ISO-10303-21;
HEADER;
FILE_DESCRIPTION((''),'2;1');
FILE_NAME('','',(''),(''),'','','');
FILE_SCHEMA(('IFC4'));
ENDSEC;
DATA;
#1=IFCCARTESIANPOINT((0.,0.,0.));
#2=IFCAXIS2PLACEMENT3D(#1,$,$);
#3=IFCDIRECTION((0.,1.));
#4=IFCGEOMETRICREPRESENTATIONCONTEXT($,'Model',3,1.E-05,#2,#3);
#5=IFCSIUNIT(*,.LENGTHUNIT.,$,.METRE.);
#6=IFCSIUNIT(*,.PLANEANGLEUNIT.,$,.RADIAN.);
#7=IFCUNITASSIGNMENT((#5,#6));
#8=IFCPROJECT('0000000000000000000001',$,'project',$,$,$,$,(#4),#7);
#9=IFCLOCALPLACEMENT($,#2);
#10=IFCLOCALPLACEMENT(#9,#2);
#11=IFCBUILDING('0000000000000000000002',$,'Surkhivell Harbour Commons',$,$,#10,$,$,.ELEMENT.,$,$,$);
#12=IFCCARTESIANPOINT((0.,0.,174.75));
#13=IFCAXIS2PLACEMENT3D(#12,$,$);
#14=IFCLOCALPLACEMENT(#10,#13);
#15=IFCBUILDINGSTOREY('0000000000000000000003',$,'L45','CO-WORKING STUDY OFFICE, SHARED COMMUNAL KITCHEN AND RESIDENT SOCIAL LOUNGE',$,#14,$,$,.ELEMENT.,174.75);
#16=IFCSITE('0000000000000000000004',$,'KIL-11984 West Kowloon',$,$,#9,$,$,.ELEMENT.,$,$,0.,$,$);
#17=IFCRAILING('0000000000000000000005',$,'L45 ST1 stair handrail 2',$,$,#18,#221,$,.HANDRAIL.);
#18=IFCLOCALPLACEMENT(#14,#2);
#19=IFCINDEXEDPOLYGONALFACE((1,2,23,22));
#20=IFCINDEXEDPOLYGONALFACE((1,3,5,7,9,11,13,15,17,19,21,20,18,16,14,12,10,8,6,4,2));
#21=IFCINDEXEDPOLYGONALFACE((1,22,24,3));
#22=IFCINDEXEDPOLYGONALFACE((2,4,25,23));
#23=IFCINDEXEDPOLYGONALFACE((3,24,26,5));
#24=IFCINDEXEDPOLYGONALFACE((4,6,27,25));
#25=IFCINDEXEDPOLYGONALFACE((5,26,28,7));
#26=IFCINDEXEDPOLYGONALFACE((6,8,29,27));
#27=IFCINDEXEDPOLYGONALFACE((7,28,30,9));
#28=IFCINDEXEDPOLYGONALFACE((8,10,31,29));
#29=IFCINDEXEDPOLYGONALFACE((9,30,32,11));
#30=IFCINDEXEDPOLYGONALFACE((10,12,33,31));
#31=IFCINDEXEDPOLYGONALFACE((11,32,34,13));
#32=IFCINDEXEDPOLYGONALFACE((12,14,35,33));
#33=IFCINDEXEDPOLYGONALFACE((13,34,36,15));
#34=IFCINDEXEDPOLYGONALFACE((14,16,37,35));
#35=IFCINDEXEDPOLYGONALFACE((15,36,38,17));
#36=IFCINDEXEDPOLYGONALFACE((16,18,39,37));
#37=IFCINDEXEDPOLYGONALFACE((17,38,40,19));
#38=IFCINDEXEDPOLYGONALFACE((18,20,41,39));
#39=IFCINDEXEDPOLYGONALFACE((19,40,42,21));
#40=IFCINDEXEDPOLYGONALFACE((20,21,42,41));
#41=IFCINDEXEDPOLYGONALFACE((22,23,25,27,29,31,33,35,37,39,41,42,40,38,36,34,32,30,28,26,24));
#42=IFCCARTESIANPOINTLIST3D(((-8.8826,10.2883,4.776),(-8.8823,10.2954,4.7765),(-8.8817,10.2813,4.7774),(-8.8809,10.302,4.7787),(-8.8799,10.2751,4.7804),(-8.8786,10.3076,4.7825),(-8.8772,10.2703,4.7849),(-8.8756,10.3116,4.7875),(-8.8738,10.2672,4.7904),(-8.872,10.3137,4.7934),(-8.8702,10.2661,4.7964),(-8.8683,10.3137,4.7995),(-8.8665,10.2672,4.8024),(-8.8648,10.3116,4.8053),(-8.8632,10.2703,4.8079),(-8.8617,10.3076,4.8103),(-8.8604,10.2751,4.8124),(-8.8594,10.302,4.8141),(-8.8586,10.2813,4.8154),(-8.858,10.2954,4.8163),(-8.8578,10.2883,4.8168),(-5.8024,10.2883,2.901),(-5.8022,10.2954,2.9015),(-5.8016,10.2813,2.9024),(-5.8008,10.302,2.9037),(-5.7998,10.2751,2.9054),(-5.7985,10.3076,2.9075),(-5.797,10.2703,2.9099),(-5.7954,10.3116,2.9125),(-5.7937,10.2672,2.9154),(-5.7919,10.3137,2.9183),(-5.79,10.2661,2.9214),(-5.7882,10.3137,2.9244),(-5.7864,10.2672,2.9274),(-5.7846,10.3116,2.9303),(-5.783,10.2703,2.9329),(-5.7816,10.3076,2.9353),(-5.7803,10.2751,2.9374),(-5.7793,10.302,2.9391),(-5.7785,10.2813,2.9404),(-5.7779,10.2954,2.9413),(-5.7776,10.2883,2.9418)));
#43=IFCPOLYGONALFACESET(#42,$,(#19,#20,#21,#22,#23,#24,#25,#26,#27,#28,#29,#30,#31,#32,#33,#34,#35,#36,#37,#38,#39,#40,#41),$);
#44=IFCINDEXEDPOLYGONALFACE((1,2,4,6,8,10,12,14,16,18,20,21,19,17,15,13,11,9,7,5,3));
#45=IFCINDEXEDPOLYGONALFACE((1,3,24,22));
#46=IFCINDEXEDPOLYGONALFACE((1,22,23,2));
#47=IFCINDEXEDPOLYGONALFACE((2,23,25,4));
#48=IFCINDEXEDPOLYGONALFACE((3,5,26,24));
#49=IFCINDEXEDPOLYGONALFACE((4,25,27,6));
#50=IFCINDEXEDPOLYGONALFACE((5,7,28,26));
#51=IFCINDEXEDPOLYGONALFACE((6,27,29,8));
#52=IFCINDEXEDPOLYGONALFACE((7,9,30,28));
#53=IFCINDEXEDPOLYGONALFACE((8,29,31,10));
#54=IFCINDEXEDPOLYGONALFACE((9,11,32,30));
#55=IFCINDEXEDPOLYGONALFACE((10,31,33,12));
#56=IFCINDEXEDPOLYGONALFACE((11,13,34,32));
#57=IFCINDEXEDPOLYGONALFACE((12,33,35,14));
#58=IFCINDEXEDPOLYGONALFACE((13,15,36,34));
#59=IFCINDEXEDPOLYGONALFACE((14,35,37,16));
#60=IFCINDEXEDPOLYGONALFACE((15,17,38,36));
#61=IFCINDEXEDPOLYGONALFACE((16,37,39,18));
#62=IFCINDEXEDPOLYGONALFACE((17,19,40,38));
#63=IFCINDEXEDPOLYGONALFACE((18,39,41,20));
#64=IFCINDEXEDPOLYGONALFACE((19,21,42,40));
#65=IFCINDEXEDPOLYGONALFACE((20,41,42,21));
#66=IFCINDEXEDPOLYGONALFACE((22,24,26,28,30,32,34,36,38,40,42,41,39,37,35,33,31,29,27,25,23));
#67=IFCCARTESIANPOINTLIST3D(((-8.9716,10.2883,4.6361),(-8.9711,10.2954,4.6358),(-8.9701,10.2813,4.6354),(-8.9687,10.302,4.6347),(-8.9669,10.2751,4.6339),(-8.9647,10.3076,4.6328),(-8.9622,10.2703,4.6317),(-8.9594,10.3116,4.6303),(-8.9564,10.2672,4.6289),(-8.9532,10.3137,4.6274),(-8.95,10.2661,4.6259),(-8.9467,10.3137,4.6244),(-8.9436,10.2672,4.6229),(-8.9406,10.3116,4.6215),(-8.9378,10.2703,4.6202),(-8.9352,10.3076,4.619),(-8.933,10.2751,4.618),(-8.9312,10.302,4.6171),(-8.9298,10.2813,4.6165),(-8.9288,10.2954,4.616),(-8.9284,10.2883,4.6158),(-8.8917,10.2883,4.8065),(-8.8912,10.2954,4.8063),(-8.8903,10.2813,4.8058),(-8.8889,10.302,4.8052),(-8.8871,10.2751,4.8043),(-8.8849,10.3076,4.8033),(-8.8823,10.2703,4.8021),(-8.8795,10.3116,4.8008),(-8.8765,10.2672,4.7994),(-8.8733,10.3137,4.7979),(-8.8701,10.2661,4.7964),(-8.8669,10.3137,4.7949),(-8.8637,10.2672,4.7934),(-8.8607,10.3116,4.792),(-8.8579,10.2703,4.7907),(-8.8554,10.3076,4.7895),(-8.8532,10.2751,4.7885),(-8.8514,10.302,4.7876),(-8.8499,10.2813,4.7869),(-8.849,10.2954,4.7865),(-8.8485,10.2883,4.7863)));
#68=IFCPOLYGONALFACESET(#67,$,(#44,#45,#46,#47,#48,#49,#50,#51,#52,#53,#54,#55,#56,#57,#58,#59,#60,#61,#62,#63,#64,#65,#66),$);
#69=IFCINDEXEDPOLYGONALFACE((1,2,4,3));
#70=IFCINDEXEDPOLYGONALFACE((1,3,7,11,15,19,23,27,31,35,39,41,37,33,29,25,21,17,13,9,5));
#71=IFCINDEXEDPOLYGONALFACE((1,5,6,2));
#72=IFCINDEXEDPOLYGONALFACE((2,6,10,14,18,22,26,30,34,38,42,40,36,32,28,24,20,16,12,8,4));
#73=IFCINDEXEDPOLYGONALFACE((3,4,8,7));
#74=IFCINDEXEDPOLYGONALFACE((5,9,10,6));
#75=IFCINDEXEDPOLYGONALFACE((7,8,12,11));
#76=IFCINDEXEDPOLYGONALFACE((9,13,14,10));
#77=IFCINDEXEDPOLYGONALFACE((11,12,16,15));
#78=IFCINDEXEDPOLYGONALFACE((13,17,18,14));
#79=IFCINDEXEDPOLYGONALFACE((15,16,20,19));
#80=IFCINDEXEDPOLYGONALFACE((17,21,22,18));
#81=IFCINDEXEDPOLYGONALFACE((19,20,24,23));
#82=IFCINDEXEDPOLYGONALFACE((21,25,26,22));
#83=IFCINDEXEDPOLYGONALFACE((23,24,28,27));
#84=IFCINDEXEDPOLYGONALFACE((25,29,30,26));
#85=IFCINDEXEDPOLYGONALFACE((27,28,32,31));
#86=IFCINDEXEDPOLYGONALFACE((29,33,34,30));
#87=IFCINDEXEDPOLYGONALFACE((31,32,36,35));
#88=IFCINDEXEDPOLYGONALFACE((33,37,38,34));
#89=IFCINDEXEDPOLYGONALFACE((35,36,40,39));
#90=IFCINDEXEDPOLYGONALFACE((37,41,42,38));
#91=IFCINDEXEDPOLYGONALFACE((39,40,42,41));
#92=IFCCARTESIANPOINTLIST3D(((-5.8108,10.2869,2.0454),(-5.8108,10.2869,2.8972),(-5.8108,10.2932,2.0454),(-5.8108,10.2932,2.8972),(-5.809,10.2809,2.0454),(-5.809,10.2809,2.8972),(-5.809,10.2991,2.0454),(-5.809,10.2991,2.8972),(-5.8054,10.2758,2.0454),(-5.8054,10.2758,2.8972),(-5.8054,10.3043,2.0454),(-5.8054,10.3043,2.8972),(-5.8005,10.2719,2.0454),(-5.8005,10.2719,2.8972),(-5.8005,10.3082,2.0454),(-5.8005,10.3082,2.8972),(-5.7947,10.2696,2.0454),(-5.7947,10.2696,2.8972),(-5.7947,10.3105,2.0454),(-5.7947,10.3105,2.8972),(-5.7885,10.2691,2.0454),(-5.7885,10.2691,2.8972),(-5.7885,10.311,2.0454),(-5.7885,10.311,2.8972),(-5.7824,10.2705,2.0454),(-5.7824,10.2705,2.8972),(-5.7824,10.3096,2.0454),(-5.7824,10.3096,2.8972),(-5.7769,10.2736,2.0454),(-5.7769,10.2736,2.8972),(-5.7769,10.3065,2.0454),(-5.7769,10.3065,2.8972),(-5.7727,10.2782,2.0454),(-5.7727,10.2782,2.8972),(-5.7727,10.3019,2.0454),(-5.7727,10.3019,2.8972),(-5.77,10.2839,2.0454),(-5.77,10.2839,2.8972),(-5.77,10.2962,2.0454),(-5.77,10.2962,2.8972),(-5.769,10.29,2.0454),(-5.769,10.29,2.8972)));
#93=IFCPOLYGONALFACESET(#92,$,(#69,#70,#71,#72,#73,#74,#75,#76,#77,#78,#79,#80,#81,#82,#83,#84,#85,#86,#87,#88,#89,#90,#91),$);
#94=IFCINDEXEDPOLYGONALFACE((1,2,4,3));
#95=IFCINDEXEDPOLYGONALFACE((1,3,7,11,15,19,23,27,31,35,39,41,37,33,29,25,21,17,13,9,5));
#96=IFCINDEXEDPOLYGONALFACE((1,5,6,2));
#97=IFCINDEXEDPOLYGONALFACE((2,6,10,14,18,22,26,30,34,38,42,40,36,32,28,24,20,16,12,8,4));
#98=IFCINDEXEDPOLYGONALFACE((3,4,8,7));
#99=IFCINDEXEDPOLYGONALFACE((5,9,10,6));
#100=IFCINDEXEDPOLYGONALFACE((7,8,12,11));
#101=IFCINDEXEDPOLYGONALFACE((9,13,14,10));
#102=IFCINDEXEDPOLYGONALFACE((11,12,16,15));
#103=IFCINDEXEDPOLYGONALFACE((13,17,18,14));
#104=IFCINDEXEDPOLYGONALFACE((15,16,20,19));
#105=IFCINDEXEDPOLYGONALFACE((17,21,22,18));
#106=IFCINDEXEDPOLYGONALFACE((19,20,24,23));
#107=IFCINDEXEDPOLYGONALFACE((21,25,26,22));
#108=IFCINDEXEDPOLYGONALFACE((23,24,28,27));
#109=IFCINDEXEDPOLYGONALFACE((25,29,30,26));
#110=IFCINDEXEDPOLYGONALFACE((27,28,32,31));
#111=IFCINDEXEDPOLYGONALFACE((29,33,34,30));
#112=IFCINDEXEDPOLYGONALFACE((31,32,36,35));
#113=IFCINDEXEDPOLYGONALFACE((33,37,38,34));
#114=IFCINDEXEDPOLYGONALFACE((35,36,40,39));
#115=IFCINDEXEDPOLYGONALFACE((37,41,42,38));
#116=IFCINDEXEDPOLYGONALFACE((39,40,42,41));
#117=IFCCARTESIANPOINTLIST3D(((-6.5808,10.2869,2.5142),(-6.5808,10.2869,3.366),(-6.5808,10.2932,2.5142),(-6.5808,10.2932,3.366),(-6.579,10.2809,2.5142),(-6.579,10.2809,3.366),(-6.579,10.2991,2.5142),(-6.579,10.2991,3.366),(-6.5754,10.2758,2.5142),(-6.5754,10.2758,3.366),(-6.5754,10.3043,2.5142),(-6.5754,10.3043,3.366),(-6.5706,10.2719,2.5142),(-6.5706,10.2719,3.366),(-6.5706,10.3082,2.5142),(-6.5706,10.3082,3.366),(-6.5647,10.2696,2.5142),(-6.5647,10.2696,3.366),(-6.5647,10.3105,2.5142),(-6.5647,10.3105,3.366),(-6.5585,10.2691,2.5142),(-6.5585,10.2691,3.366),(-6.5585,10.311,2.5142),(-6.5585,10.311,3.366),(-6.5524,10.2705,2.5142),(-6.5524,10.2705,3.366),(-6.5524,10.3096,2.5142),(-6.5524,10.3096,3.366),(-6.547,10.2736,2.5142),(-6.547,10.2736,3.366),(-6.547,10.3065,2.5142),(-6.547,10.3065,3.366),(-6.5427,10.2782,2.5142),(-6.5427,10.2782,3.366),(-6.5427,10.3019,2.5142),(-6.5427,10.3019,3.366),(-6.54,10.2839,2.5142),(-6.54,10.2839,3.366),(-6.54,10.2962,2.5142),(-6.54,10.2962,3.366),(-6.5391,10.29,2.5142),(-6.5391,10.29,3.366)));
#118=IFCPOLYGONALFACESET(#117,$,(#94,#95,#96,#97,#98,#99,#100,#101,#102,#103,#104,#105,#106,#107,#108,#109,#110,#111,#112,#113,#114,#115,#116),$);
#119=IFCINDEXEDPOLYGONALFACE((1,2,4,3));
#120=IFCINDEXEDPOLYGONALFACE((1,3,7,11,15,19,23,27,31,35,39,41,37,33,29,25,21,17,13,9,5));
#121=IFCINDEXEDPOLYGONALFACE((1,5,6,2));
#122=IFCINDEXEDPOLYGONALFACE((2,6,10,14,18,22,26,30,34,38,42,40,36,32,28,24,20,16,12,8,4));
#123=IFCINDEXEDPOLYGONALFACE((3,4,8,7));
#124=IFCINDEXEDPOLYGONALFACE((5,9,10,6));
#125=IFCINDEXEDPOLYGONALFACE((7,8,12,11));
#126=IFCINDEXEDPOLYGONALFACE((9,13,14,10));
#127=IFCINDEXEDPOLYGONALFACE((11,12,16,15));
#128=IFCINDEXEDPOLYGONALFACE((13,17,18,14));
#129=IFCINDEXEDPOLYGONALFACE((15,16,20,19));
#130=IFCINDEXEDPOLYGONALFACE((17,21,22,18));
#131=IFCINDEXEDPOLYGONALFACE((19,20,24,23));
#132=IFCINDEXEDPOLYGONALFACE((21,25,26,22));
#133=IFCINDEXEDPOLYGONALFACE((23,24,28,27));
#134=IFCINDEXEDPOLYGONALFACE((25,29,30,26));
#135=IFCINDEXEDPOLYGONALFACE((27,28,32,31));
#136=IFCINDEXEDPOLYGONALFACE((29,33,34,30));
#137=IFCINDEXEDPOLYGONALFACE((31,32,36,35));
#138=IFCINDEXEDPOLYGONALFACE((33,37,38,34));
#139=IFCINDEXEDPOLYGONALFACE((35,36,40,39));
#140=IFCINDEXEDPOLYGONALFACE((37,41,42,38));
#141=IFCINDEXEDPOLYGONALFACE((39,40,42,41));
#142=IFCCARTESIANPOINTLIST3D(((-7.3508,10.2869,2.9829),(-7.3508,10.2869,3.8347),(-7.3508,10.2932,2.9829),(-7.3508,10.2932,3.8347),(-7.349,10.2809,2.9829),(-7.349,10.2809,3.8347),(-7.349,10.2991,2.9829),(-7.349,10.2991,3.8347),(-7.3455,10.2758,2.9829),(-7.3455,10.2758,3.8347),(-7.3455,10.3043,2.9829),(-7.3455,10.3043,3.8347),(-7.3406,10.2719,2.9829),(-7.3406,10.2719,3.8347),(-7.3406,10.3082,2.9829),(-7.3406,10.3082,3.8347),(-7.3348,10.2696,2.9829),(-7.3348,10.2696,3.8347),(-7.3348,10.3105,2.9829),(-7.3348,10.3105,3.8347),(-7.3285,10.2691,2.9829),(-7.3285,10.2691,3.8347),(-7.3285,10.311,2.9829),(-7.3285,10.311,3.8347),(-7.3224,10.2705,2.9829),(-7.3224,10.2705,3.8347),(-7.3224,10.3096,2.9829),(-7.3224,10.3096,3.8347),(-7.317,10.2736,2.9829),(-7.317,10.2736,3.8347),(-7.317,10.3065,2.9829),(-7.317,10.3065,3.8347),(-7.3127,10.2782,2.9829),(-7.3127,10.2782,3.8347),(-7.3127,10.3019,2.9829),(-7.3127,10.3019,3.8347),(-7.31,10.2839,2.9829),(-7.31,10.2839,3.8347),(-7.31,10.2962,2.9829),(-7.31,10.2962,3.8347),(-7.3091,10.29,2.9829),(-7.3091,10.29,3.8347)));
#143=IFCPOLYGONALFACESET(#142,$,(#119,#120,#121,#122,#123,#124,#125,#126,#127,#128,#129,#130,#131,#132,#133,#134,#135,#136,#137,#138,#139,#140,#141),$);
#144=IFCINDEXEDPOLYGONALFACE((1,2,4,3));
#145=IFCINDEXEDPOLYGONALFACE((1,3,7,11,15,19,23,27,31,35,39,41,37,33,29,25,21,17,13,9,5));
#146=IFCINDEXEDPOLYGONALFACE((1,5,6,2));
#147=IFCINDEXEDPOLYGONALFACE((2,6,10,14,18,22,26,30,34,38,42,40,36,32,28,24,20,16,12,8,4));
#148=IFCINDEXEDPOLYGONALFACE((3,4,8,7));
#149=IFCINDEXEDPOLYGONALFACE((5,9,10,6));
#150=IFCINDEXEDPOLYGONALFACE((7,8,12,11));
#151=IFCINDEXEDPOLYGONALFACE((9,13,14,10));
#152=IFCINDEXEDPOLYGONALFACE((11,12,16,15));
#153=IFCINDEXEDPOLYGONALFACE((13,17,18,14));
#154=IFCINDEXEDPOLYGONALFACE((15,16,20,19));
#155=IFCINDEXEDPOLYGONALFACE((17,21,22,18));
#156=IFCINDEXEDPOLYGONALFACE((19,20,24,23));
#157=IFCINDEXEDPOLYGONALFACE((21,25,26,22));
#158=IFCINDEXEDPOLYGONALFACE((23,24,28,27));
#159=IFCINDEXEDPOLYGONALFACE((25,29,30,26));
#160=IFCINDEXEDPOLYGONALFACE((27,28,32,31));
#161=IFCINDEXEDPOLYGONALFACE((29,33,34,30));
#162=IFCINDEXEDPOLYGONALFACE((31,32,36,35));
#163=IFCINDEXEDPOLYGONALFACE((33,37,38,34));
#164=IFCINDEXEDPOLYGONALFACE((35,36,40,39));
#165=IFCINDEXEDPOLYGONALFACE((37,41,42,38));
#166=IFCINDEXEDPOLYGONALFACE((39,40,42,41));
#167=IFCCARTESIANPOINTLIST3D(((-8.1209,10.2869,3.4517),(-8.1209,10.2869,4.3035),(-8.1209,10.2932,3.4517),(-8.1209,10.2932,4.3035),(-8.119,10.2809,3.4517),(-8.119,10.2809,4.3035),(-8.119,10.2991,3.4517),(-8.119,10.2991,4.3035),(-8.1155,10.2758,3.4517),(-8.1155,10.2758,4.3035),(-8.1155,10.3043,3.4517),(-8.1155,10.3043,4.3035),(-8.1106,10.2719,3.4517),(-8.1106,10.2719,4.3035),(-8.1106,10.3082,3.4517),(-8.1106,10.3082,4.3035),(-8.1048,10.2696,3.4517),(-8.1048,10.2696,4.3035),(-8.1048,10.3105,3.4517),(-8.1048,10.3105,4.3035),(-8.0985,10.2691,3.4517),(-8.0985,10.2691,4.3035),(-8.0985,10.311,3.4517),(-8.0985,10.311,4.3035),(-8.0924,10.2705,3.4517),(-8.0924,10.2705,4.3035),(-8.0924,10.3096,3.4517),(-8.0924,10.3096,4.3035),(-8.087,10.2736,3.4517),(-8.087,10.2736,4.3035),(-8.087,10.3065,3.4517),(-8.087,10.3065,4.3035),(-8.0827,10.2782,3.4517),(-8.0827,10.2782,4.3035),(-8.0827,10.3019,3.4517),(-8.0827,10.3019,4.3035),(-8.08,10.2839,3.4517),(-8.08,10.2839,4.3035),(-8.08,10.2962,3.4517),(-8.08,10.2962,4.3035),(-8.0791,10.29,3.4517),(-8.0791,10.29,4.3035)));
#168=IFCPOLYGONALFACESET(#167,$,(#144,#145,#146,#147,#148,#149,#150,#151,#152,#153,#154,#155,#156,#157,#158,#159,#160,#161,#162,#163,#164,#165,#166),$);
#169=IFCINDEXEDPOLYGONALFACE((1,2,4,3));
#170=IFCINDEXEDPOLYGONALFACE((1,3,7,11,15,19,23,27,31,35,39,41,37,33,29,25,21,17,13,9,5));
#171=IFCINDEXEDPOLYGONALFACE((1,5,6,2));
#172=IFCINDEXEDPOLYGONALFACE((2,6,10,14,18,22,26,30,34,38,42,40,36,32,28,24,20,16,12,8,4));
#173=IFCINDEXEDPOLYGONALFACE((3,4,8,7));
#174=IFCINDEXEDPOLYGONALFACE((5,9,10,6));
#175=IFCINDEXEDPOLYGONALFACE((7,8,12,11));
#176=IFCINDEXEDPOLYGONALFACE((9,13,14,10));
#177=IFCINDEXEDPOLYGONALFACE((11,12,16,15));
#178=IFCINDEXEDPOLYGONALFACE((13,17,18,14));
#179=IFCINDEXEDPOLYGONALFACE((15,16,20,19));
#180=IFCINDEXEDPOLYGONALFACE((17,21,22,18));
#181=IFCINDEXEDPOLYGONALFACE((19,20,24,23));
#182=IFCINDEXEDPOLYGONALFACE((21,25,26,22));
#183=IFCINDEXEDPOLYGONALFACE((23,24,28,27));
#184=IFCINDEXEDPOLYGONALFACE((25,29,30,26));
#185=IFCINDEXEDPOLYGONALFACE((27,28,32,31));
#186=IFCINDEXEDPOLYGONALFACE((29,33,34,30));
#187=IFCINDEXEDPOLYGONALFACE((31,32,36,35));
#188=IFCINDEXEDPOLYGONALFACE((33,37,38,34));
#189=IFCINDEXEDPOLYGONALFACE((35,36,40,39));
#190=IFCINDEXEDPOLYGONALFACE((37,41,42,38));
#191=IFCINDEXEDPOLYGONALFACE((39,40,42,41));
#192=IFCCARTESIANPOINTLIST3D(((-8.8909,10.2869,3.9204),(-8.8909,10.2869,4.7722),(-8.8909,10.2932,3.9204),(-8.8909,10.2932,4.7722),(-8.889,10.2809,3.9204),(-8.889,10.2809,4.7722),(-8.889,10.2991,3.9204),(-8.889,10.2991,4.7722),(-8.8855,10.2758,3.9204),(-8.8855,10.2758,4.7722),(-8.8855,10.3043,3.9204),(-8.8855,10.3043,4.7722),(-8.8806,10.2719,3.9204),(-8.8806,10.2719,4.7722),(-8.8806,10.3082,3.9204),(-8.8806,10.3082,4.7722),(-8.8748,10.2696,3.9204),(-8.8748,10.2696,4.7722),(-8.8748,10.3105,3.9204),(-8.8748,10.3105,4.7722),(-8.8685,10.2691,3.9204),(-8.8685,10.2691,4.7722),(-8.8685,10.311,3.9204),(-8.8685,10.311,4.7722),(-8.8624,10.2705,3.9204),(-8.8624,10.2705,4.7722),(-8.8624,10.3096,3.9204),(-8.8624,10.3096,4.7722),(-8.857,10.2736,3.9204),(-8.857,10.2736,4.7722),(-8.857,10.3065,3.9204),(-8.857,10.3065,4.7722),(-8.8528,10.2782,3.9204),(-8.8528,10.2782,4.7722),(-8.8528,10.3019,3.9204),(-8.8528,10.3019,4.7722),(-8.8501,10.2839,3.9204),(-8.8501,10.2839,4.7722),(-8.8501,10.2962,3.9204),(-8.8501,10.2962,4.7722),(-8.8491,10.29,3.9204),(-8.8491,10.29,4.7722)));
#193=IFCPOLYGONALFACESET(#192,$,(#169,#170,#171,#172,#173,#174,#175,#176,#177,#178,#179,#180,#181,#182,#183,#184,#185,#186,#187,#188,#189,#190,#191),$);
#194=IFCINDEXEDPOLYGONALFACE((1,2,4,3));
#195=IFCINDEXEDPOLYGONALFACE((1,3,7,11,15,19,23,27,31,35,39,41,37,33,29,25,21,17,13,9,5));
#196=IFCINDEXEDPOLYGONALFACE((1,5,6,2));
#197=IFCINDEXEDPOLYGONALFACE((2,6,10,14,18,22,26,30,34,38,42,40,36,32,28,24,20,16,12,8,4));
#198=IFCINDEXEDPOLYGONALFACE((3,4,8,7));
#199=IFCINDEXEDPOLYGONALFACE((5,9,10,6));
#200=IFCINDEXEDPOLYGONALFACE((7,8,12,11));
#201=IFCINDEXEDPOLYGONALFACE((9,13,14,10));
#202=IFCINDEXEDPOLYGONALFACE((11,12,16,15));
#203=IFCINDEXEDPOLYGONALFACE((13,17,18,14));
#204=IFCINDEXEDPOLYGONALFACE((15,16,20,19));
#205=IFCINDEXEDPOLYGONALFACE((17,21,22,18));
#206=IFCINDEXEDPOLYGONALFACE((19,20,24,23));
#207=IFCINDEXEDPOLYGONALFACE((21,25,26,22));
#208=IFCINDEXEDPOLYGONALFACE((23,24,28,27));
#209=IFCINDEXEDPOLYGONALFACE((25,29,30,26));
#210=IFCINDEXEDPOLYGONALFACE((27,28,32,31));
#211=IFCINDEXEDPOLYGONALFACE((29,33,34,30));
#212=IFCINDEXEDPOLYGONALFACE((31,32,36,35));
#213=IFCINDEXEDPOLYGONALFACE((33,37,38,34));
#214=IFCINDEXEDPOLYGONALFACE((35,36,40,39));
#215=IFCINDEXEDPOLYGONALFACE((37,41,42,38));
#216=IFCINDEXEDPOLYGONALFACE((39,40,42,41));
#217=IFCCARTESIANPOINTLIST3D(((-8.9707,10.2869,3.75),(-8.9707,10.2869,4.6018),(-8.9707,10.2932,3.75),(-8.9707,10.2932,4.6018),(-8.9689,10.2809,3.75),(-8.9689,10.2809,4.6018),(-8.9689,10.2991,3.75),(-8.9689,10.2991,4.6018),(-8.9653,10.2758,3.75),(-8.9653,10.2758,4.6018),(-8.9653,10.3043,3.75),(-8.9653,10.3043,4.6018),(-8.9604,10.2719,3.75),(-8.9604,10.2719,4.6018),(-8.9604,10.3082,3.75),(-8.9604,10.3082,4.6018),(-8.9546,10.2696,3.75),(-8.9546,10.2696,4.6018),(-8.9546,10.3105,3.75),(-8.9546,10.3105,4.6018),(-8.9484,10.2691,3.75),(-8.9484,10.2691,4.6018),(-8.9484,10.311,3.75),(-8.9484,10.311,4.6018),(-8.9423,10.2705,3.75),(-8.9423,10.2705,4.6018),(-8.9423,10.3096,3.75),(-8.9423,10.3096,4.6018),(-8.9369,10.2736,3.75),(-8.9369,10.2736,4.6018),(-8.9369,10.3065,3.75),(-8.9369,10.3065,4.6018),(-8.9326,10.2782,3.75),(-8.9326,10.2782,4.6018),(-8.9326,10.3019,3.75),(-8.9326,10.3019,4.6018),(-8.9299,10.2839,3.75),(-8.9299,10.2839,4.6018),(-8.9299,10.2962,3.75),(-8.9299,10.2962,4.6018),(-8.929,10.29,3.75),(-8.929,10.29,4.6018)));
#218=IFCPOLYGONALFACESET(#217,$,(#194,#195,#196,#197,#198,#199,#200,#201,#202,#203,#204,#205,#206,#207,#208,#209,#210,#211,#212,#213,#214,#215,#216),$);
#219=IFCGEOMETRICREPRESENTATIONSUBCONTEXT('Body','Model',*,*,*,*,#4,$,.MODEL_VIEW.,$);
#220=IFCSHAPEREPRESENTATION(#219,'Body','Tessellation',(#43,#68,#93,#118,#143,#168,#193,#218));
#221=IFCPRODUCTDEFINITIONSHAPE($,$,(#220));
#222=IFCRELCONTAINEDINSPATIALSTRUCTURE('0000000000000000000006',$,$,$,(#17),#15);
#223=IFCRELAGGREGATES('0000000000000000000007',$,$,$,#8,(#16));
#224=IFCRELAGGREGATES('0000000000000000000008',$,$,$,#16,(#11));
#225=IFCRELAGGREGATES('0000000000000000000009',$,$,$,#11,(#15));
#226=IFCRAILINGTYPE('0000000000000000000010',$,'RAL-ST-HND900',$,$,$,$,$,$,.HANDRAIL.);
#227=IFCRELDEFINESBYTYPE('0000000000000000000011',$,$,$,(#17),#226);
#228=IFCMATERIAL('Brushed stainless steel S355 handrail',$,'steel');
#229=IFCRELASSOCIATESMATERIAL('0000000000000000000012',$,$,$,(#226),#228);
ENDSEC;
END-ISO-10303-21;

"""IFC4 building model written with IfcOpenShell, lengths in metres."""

from ifc_helpers import new_model, si_unit, direction, frame, origin, origin_2d, place, context, subcontext, project, spatial, circle, extrude, material, type_object, element, save


model = new_model("IFC4")

# Units and contexts
model_context = context("Model", 3, precision=1e-05, world=origin(), true_north=direction((0.0, 1.0)))
body_context = subcontext(model_context, "Body", "Model", "MODEL_VIEW")
ifc_project = project(units=[si_unit("LENGTHUNIT", "METRE"), si_unit("PLANEANGLEUNIT", "RADIAN")], contexts=[model_context])

# Site, building, storey
site_placement = place(None, origin())
site = spatial("IfcSite", under=ifc_project, at=site_placement, Name="KIL-11984 West Kowloon", CompositionType="ELEMENT", RefElevation=0.0)
building_placement = place(site_placement, origin())
building = spatial("IfcBuilding", under=site, at=building_placement, Name="Surkhivell Harbour Commons", CompositionType="ELEMENT")
storey_placement = place(building_placement, frame((0.0, 0.0, 174.75)))
storey = spatial("IfcBuildingStorey", under=building, at=storey_placement, Name="L45", Description="CO-WORKING STUDY OFFICE, SHARED COMMUNAL KITCHEN AND RESIDENT SOCIAL LOUNGE", CompositionType="ELEMENT", Elevation=174.75)

# Railing
ifc_material_1 = material(Name="Brushed stainless steel S355 handrail", Category="steel")
railing_type_1 = type_object("IfcRailingType", Name="RAL-ST-HND900", PredefinedType="HANDRAIL", material=ifc_material_1)
railing_1_placement = place(storey_placement, frame((-5.79, 10.29, 2.0454)))
element("IfcRailing", 1, at=railing_1_placement, inside=storey, type_object=railing_type_1, Name="L45 ST1 stair handrail 2", PredefinedType="HANDRAIL", context=body_context, shape_type="SweptSolid", body=[
    extrude(circle(Radius=0.0239, at=origin_2d()), frame((0.0, 0.0, 0.876), z_axis=(-0.854178, 0.0, 0.519981), x_axis=(0.0, -1.0, 0.0)), (0.0, 0.0, 1.0), 3.606),
    extrude(circle(Radius=0.0239, at=origin_2d()), frame((-3.0801, 0.0, 2.751), z_axis=(-0.424234, 0.0, -0.905552), x_axis=(0.0, -1.0, 0.0)), (0.0, 0.0, 1.0), 0.1882),
    extrude(circle(Radius=0.021, at=origin_2d()), origin(), (0.0, 0.0, 1.0), 0.8518),
    extrude(circle(Radius=0.021, at=origin_2d()), frame((-0.77, 0.0, 0.4688)), (0.0, 0.0, 1.0), 0.8518),
    extrude(circle(Radius=0.021, at=origin_2d()), frame((-1.54, 0.0, 0.9375)), (0.0, 0.0, 1.0), 0.8518),
    extrude(circle(Radius=0.021, at=origin_2d()), frame((-2.3101, 0.0, 1.4062)), (0.0, 0.0, 1.0), 0.8518),
    extrude(circle(Radius=0.021, at=origin_2d()), frame((-3.0801, 0.0, 1.875)), (0.0, 0.0, 1.0), 0.8518),
    extrude(circle(Radius=0.021, at=origin_2d()), frame((-3.1599, 0.0, 1.7046)), (0.0, 0.0, 1.0), 0.8518),
])

save(model, "model.ifc")
